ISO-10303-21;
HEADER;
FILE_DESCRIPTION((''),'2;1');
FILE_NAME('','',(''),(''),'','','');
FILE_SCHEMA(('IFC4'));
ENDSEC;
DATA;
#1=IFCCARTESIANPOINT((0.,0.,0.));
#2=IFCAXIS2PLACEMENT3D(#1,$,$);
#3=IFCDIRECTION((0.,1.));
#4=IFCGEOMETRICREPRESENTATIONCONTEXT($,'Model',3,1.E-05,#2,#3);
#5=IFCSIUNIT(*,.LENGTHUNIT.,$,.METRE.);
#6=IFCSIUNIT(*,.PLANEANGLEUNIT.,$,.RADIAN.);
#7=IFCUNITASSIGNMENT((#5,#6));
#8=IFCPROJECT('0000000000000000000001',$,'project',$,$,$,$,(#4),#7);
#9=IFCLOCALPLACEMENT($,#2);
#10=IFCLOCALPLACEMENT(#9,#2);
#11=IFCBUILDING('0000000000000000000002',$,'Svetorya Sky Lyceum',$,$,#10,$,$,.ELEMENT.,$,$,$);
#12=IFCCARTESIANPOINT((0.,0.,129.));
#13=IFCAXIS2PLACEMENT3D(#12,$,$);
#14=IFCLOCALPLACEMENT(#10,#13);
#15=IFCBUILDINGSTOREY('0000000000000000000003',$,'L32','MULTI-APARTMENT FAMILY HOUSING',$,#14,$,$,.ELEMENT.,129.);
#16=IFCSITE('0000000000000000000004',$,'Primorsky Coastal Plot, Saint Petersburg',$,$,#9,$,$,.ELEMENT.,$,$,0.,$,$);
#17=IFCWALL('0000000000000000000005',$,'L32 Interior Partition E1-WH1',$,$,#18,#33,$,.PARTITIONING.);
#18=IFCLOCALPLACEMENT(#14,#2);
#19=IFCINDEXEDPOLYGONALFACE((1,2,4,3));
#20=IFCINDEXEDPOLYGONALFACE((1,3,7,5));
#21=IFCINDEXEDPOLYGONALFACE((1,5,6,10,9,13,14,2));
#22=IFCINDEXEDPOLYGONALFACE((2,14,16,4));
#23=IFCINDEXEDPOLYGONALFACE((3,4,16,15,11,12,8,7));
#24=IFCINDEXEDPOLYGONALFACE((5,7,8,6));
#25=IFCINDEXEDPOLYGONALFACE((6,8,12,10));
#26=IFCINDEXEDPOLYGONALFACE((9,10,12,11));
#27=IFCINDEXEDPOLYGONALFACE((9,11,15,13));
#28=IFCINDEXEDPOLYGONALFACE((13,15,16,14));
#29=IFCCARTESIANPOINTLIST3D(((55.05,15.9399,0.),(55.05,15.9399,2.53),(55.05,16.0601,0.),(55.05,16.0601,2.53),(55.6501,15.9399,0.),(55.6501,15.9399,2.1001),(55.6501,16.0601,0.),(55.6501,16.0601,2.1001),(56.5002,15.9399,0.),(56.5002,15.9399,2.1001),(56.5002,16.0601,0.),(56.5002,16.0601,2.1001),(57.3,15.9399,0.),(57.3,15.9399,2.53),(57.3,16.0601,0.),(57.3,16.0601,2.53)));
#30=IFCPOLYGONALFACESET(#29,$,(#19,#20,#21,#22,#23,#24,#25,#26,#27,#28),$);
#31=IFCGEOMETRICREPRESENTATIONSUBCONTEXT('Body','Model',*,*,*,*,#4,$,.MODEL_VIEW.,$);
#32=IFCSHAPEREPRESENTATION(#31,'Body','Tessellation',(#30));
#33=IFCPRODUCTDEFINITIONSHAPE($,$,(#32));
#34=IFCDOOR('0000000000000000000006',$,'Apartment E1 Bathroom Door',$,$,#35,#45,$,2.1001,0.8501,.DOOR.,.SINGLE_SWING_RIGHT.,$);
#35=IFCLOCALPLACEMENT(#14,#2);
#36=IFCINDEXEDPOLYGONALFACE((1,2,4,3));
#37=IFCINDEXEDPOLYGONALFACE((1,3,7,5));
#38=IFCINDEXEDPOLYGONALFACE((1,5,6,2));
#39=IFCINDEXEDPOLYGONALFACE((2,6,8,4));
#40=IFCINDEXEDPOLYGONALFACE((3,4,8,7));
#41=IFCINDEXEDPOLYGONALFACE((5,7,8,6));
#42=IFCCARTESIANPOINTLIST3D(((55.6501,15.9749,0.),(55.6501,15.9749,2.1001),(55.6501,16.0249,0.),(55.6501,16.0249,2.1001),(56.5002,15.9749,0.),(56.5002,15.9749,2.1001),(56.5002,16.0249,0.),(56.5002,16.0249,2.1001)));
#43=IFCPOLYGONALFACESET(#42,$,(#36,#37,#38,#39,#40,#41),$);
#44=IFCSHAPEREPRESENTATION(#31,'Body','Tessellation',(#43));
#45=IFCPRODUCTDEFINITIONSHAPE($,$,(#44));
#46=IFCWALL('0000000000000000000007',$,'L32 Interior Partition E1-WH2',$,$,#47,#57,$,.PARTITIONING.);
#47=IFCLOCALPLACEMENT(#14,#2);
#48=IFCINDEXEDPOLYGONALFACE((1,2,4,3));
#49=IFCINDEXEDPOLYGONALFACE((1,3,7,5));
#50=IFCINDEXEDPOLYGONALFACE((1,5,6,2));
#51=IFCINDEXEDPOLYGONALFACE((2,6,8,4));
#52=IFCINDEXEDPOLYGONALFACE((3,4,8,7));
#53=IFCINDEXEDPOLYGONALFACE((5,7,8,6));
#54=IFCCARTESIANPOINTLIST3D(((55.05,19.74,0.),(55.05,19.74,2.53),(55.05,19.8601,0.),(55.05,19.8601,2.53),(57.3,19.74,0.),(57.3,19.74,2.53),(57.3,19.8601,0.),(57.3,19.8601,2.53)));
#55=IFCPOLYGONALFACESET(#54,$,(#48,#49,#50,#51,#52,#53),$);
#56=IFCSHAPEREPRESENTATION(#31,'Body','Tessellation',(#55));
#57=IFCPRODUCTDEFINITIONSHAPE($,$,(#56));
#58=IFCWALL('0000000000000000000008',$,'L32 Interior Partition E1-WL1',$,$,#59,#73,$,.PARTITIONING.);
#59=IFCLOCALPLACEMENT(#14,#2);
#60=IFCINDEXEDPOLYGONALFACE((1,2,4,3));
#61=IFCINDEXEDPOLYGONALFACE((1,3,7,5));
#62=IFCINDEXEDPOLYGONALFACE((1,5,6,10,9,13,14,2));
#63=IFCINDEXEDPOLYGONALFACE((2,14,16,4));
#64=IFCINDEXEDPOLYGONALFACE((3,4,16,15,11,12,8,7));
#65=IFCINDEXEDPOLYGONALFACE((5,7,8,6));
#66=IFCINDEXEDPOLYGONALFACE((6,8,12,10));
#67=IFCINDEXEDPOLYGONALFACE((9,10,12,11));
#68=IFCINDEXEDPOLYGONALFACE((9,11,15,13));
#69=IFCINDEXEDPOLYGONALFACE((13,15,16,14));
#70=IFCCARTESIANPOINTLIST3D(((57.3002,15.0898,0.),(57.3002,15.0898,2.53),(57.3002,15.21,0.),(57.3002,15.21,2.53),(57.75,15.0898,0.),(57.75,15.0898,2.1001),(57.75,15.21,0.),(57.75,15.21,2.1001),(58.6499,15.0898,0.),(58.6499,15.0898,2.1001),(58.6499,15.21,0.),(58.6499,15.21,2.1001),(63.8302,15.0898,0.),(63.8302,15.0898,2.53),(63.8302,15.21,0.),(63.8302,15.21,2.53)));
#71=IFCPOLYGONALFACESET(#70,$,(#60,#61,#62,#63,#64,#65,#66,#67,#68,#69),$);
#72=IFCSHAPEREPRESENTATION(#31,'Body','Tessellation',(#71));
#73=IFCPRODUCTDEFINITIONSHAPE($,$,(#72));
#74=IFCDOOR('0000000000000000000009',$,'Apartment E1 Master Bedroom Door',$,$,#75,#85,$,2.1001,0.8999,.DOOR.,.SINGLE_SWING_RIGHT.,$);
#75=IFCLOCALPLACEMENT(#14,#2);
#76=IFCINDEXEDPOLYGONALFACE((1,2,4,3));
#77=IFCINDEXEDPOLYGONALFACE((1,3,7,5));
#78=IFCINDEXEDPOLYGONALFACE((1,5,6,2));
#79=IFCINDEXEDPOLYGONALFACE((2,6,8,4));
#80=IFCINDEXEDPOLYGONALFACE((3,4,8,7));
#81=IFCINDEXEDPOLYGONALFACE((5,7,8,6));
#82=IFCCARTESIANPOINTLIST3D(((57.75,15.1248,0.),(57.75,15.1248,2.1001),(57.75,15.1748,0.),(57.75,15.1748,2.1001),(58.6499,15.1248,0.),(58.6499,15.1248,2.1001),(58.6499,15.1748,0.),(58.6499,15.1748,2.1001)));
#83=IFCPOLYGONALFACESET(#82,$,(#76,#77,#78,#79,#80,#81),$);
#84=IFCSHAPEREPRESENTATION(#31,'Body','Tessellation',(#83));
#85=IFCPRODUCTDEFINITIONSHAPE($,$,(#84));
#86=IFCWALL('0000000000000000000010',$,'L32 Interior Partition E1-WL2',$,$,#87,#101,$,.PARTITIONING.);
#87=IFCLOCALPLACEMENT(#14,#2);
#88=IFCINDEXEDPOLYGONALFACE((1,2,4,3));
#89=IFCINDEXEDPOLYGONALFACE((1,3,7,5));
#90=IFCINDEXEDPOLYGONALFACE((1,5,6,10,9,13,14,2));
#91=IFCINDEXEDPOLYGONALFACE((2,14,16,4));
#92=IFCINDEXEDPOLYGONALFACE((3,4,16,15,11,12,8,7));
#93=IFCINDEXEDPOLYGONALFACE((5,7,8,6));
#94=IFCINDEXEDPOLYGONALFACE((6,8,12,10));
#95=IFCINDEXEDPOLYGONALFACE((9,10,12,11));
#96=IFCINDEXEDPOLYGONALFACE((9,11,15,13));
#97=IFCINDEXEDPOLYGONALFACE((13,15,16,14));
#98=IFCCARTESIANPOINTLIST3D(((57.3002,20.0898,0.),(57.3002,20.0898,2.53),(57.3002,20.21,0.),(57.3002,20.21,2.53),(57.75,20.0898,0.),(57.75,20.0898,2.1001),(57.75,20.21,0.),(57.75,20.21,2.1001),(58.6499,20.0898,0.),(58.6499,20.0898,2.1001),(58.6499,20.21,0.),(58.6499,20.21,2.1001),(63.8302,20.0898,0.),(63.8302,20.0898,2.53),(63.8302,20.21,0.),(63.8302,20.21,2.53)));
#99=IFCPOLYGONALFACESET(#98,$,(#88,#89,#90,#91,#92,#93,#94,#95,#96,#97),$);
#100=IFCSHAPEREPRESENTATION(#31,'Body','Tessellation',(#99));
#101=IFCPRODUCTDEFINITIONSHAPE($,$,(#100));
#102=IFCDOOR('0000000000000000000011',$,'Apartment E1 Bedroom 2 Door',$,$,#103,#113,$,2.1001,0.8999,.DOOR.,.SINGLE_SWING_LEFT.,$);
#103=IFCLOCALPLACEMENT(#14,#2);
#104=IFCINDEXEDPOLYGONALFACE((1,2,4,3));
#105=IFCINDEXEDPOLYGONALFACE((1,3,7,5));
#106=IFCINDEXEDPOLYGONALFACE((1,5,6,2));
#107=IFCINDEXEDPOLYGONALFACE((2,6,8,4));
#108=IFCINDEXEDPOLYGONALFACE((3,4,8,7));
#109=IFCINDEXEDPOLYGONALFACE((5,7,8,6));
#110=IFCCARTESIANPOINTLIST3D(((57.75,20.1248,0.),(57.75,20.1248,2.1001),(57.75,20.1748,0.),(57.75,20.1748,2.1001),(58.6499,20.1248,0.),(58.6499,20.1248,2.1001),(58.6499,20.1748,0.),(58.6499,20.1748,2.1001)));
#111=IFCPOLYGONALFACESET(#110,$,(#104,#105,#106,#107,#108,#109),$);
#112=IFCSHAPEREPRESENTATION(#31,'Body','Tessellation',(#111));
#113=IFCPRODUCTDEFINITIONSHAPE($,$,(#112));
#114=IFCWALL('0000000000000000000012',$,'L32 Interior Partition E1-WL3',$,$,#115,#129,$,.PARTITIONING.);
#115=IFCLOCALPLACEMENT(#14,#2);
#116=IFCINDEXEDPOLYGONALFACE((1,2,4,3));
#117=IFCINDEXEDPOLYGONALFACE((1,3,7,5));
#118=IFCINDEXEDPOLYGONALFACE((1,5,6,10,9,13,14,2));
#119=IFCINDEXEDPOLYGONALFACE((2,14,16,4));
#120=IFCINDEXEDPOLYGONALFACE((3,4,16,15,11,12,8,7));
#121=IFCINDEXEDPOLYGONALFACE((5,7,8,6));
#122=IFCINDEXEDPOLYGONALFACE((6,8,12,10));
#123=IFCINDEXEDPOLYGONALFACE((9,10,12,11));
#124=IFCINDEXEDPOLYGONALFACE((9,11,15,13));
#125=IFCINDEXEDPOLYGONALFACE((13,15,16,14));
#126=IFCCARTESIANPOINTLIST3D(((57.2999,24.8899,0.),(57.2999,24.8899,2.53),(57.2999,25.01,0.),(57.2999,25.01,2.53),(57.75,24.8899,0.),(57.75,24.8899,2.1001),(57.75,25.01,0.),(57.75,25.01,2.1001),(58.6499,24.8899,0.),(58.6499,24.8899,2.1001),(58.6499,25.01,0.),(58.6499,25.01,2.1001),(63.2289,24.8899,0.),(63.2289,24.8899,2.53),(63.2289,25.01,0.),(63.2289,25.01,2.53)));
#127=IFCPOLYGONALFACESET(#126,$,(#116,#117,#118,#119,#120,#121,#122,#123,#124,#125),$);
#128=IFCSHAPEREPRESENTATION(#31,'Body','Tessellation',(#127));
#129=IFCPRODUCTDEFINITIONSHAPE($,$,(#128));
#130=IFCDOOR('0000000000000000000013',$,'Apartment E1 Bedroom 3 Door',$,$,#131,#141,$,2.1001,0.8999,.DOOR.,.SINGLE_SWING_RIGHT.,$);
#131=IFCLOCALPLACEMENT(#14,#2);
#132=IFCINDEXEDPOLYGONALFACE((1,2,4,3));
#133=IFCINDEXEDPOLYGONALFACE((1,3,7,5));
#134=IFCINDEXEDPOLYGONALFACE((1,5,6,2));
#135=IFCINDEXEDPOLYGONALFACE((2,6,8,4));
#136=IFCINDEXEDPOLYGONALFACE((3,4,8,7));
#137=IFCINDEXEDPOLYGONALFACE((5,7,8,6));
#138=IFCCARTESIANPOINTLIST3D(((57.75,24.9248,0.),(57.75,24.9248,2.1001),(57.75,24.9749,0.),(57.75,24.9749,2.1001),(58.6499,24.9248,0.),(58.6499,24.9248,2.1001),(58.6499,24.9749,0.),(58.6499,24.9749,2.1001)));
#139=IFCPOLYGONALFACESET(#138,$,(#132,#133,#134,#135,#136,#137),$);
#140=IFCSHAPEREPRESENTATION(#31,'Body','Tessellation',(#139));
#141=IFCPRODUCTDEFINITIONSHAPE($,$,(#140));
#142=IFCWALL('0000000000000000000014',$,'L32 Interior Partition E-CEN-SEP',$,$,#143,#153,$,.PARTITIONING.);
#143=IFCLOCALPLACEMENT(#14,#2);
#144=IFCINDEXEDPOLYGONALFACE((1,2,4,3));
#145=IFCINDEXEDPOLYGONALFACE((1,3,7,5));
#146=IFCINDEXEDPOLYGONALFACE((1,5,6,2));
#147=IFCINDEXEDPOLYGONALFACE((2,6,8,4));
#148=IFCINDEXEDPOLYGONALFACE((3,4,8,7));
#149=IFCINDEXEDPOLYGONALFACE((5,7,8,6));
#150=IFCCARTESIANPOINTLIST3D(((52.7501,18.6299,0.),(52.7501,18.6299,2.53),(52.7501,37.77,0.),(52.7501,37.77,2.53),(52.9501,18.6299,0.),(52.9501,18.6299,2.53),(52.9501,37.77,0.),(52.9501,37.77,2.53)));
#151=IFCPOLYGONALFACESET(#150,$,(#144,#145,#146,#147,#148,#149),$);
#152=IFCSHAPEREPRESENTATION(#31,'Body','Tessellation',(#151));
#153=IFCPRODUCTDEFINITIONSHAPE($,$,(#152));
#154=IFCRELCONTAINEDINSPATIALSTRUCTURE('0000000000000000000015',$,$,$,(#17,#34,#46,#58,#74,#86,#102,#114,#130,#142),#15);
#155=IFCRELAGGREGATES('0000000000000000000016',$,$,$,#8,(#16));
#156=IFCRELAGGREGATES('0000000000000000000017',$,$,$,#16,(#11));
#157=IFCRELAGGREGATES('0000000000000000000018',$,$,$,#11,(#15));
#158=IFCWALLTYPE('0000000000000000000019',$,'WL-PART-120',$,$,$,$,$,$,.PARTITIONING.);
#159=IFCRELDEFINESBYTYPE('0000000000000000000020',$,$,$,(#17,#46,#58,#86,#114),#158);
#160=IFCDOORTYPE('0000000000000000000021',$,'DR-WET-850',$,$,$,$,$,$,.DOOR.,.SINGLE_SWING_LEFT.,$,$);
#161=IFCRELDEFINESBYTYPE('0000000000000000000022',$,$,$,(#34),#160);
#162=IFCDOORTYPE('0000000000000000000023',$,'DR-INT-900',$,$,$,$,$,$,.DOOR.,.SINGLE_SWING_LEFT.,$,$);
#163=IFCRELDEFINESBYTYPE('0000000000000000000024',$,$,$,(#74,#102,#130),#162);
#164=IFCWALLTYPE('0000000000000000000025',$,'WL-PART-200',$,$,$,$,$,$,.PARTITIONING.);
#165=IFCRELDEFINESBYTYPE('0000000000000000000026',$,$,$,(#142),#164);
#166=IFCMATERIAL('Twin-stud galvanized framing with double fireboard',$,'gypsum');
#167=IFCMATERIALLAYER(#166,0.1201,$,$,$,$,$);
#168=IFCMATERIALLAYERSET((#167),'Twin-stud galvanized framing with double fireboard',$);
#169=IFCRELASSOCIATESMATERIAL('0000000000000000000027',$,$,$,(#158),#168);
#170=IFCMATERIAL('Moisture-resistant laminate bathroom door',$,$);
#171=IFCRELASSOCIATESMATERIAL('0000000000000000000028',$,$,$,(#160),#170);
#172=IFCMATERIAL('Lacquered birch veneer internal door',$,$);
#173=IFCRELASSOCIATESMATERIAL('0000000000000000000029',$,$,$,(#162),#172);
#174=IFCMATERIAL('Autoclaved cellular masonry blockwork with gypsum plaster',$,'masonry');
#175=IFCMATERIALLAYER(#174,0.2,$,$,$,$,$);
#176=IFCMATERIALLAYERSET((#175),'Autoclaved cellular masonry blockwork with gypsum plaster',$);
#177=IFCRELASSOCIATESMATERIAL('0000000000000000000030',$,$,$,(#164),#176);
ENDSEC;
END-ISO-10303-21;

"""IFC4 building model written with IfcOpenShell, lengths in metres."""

from ifc_helpers import new_model, si_unit, direction, frame, frame_2d, origin, place, context, subcontext, project, spatial, rectangle, extrude, material, layer, layer_set, type_object, element, fill, save


model = new_model("IFC4")

# Units and contexts
model_context = context("Model", 3, precision=1e-05, world=origin(), true_north=direction((0.0, 1.0)))
body_context = subcontext(model_context, "Body", "Model", "MODEL_VIEW")
ifc_project = project(units=[si_unit("LENGTHUNIT", "METRE"), si_unit("PLANEANGLEUNIT", "RADIAN")], contexts=[model_context])

# Site, building, storey
site_placement = place(None, origin())
site = spatial("IfcSite", under=ifc_project, at=site_placement, Name="Primorsky Coastal Plot, Saint Petersburg", CompositionType="ELEMENT", RefElevation=0.0)
building_placement = place(site_placement, origin())
building = spatial("IfcBuilding", under=site, at=building_placement, Name="Svetorya Sky Lyceum", CompositionType="ELEMENT")
storey_placement = place(building_placement, frame((0.0, 0.0, 129.0)))
storey = spatial("IfcBuildingStorey", under=building, at=storey_placement, Name="L32", Description="MULTI-APARTMENT FAMILY HOUSING", CompositionType="ELEMENT", Elevation=129.0)

# Wall, opening, door
ifc_material_1 = material(Name="Twin-stud galvanized framing with double fireboard", Category="gypsum")
ifc_layer_1 = layer(ifc_material_1, 0.1201)
ifc_layer_set_1 = layer_set([ifc_layer_1], Name="Twin-stud galvanized framing with double fireboard")
wall_type_1 = type_object("IfcWallType", Name="WL-PART-120", PredefinedType="PARTITIONING", material=ifc_layer_set_1)
wall_1_placement = place(storey_placement, frame((55.05, 16.0, 0.0), z_axis=(0.0, 0.0, 1.0), x_axis=(1.0, 0.0, 0.0)))
wall_1 = element("IfcWall", 1, at=wall_1_placement, inside=storey, type_object=wall_type_1, Name="L32 Interior Partition E1-WH1", PredefinedType="PARTITIONING", context=body_context, shape_type="SweptSolid", body=[
    extrude(rectangle(XDim=2.25, YDim=0.1201, at=frame_2d((1.125, 0.0))), origin(), (0.0, 0.0, 1.0), 2.53),
])
opening_1_placement = place(wall_1_placement, frame((0.6001, 0.0, 0.0)))
opening_1 = element("IfcOpeningElement", 2, at=opening_1_placement, cuts=wall_1, PredefinedType="OPENING", context=body_context, shape_type="SweptSolid", body=[
    extrude(rectangle(XDim=0.8501, YDim=2.1001, at=frame_2d((0.425, 1.05))), frame((0.0, 0.0701, 0.0), z_axis=(0.0, -1.0, 0.0), x_axis=(1.0, 0.0, 0.0)), (0.0, 0.0, 1.0), 0.1401),
])
ifc_material_2 = material(Name="Moisture-resistant laminate bathroom door")
door_type_1 = type_object("IfcDoorType", Name="DR-WET-850", OperationType="SINGLE_SWING_LEFT", PredefinedType="DOOR", material=ifc_material_2)
door_1_placement = place(opening_1_placement, origin())
door_1 = element("IfcDoor", 3, at=door_1_placement, inside=storey, type_object=door_type_1, Name="Apartment E1 Bathroom Door", OperationType="SINGLE_SWING_RIGHT", OverallHeight=2.1001, OverallWidth=0.8501, PredefinedType="DOOR", context=body_context, shape_type="SweptSolid", body=[
    extrude(rectangle(XDim=0.8501, YDim=2.1001, at=frame_2d((0.425, 1.05))), frame((0.0, 0.0249, 0.0), z_axis=(0.0, -1.0, 0.0), x_axis=(1.0, 0.0, 0.0)), (0.0, 0.0, 1.0), 0.05),
])
fill(opening_1, door_1)

# Wall
wall_2_placement = place(storey_placement, frame((55.05, 19.8, 0.0), z_axis=(0.0, 0.0, 1.0), x_axis=(1.0, 0.0, 0.0)))
element("IfcWall", 4, at=wall_2_placement, inside=storey, type_object=wall_type_1, Name="L32 Interior Partition E1-WH2", PredefinedType="PARTITIONING", context=body_context, shape_type="SweptSolid", body=[
    extrude(rectangle(XDim=2.25, YDim=0.1201, at=frame_2d((1.125, 0.0))), origin(), (0.0, 0.0, 1.0), 2.53),
])

# Walls, openings, doors
wall_3_placement = place(storey_placement, frame((57.3, 15.1499, 0.0), z_axis=(0.0, 0.0, 1.0), x_axis=(1.0, 0.0, 0.0)))
wall_3 = element("IfcWall", 5, at=wall_3_placement, inside=storey, type_object=wall_type_1, Name="L32 Interior Partition E1-WL1", PredefinedType="PARTITIONING", context=body_context, shape_type="SweptSolid", body=[
    extrude(rectangle(XDim=6.53, YDim=0.1201, at=frame_2d((3.2651, 0.0))), origin(), (0.0, 0.0, 1.0), 2.53),
])
opening_2_placement = place(wall_3_placement, frame((0.45, 0.0, 0.0)))
opening_2 = element("IfcOpeningElement", 6, at=opening_2_placement, cuts=wall_3, PredefinedType="OPENING", context=body_context, shape_type="SweptSolid", body=[
    extrude(rectangle(XDim=0.8999, YDim=2.1001, at=frame_2d((0.45, 1.05))), frame((0.0, 0.0701, 0.0), z_axis=(0.0, -1.0, 0.0), x_axis=(1.0, 0.0, 0.0)), (0.0, 0.0, 1.0), 0.1401),
])
ifc_material_3 = material(Name="Lacquered birch veneer internal door")
door_type_2 = type_object("IfcDoorType", Name="DR-INT-900", OperationType="SINGLE_SWING_LEFT", PredefinedType="DOOR", material=ifc_material_3)
door_2_placement = place(opening_2_placement, origin())
door_2 = element("IfcDoor", 7, at=door_2_placement, inside=storey, type_object=door_type_2, Name="Apartment E1 Master Bedroom Door", OperationType="SINGLE_SWING_RIGHT", OverallHeight=2.1001, OverallWidth=0.8999, PredefinedType="DOOR", context=body_context, shape_type="SweptSolid", body=[
    extrude(rectangle(XDim=0.8999, YDim=2.1001, at=frame_2d((0.45, 1.05))), frame((0.0, 0.0249, 0.0), z_axis=(0.0, -1.0, 0.0), x_axis=(1.0, 0.0, 0.0)), (0.0, 0.0, 1.0), 0.05),
])
fill(opening_2, door_2)
wall_4_placement = place(storey_placement, frame((57.3, 20.1499, 0.0), z_axis=(0.0, 0.0, 1.0), x_axis=(1.0, 0.0, 0.0)))
wall_4 = element("IfcWall", 8, at=wall_4_placement, inside=storey, type_object=wall_type_1, Name="L32 Interior Partition E1-WL2", PredefinedType="PARTITIONING", context=body_context, shape_type="SweptSolid", body=[
    extrude(rectangle(XDim=6.53, YDim=0.1201, at=frame_2d((3.2651, 0.0))), origin(), (0.0, 0.0, 1.0), 2.53),
])
opening_3_placement = place(wall_4_placement, frame((0.45, 0.0, 0.0)))
opening_3 = element("IfcOpeningElement", 9, at=opening_3_placement, cuts=wall_4, PredefinedType="OPENING", context=body_context, shape_type="SweptSolid", body=[
    extrude(rectangle(XDim=0.8999, YDim=2.1001, at=frame_2d((0.45, 1.05))), frame((0.0, 0.0701, 0.0), z_axis=(0.0, -1.0, 0.0), x_axis=(1.0, 0.0, 0.0)), (0.0, 0.0, 1.0), 0.1401),
])
door_3_placement = place(opening_3_placement, origin())
door_3 = element("IfcDoor", 10, at=door_3_placement, inside=storey, type_object=door_type_2, Name="Apartment E1 Bedroom 2 Door", OperationType="SINGLE_SWING_LEFT", OverallHeight=2.1001, OverallWidth=0.8999, PredefinedType="DOOR", context=body_context, shape_type="SweptSolid", body=[
    extrude(rectangle(XDim=0.8999, YDim=2.1001, at=frame_2d((0.45, 1.05))), frame((0.0, 0.0249, 0.0), z_axis=(0.0, -1.0, 0.0), x_axis=(1.0, 0.0, 0.0)), (0.0, 0.0, 1.0), 0.05),
])
fill(opening_3, door_3)
wall_5_placement = place(storey_placement, frame((57.3, 24.95, 0.0), z_axis=(0.0, 0.0, 1.0), x_axis=(1.0, 0.0, 0.0)))
wall_5 = element("IfcWall", 11, at=wall_5_placement, inside=storey, type_object=wall_type_1, Name="L32 Interior Partition E1-WL3", PredefinedType="PARTITIONING", context=body_context, shape_type="SweptSolid", body=[
    extrude(rectangle(XDim=5.929, YDim=0.1201, at=frame_2d((2.9644, 0.0))), origin(), (0.0, 0.0, 1.0), 2.53),
])
opening_4_placement = place(wall_5_placement, frame((0.45, 0.0, 0.0)))
opening_4 = element("IfcOpeningElement", 12, at=opening_4_placement, cuts=wall_5, PredefinedType="OPENING", context=body_context, shape_type="SweptSolid", body=[
    extrude(rectangle(XDim=0.8999, YDim=2.1001, at=frame_2d((0.45, 1.05))), frame((0.0, 0.0701, 0.0), z_axis=(0.0, -1.0, 0.0), x_axis=(1.0, 0.0, 0.0)), (0.0, 0.0, 1.0), 0.1401),
])
door_4_placement = place(opening_4_placement, origin())
door_4 = element("IfcDoor", 13, at=door_4_placement, inside=storey, type_object=door_type_2, Name="Apartment E1 Bedroom 3 Door", OperationType="SINGLE_SWING_RIGHT", OverallHeight=2.1001, OverallWidth=0.8999, PredefinedType="DOOR", context=body_context, shape_type="SweptSolid", body=[
    extrude(rectangle(XDim=0.8999, YDim=2.1001, at=frame_2d((0.45, 1.05))), frame((0.0, 0.0249, 0.0), z_axis=(0.0, -1.0, 0.0), x_axis=(1.0, 0.0, 0.0)), (0.0, 0.0, 1.0), 0.05),
])
fill(opening_4, door_4)

# Wall
ifc_material_4 = material(Name="Autoclaved cellular masonry blockwork with gypsum plaster", Category="masonry")
ifc_layer_2 = layer(ifc_material_4, 0.2)
ifc_layer_set_2 = layer_set([ifc_layer_2], Name="Autoclaved cellular masonry blockwork with gypsum plaster")
wall_type_2 = type_object("IfcWallType", Name="WL-PART-200", PredefinedType="PARTITIONING", material=ifc_layer_set_2)
wall_6_placement = place(storey_placement, frame((52.8501, 18.6299, 0.0), z_axis=(0.0, 0.0, 1.0), x_axis=(0.0, 1.0, 0.0)))
element("IfcWall", 14, at=wall_6_placement, inside=storey, type_object=wall_type_2, Name="L32 Interior Partition E-CEN-SEP", PredefinedType="PARTITIONING", context=body_context, shape_type="SweptSolid", body=[
    extrude(rectangle(XDim=19.1401, YDim=0.2, at=frame_2d((9.5701, 0.0))), origin(), (0.0, 0.0, 1.0), 2.53),
])

save(model, "model.ifc")
